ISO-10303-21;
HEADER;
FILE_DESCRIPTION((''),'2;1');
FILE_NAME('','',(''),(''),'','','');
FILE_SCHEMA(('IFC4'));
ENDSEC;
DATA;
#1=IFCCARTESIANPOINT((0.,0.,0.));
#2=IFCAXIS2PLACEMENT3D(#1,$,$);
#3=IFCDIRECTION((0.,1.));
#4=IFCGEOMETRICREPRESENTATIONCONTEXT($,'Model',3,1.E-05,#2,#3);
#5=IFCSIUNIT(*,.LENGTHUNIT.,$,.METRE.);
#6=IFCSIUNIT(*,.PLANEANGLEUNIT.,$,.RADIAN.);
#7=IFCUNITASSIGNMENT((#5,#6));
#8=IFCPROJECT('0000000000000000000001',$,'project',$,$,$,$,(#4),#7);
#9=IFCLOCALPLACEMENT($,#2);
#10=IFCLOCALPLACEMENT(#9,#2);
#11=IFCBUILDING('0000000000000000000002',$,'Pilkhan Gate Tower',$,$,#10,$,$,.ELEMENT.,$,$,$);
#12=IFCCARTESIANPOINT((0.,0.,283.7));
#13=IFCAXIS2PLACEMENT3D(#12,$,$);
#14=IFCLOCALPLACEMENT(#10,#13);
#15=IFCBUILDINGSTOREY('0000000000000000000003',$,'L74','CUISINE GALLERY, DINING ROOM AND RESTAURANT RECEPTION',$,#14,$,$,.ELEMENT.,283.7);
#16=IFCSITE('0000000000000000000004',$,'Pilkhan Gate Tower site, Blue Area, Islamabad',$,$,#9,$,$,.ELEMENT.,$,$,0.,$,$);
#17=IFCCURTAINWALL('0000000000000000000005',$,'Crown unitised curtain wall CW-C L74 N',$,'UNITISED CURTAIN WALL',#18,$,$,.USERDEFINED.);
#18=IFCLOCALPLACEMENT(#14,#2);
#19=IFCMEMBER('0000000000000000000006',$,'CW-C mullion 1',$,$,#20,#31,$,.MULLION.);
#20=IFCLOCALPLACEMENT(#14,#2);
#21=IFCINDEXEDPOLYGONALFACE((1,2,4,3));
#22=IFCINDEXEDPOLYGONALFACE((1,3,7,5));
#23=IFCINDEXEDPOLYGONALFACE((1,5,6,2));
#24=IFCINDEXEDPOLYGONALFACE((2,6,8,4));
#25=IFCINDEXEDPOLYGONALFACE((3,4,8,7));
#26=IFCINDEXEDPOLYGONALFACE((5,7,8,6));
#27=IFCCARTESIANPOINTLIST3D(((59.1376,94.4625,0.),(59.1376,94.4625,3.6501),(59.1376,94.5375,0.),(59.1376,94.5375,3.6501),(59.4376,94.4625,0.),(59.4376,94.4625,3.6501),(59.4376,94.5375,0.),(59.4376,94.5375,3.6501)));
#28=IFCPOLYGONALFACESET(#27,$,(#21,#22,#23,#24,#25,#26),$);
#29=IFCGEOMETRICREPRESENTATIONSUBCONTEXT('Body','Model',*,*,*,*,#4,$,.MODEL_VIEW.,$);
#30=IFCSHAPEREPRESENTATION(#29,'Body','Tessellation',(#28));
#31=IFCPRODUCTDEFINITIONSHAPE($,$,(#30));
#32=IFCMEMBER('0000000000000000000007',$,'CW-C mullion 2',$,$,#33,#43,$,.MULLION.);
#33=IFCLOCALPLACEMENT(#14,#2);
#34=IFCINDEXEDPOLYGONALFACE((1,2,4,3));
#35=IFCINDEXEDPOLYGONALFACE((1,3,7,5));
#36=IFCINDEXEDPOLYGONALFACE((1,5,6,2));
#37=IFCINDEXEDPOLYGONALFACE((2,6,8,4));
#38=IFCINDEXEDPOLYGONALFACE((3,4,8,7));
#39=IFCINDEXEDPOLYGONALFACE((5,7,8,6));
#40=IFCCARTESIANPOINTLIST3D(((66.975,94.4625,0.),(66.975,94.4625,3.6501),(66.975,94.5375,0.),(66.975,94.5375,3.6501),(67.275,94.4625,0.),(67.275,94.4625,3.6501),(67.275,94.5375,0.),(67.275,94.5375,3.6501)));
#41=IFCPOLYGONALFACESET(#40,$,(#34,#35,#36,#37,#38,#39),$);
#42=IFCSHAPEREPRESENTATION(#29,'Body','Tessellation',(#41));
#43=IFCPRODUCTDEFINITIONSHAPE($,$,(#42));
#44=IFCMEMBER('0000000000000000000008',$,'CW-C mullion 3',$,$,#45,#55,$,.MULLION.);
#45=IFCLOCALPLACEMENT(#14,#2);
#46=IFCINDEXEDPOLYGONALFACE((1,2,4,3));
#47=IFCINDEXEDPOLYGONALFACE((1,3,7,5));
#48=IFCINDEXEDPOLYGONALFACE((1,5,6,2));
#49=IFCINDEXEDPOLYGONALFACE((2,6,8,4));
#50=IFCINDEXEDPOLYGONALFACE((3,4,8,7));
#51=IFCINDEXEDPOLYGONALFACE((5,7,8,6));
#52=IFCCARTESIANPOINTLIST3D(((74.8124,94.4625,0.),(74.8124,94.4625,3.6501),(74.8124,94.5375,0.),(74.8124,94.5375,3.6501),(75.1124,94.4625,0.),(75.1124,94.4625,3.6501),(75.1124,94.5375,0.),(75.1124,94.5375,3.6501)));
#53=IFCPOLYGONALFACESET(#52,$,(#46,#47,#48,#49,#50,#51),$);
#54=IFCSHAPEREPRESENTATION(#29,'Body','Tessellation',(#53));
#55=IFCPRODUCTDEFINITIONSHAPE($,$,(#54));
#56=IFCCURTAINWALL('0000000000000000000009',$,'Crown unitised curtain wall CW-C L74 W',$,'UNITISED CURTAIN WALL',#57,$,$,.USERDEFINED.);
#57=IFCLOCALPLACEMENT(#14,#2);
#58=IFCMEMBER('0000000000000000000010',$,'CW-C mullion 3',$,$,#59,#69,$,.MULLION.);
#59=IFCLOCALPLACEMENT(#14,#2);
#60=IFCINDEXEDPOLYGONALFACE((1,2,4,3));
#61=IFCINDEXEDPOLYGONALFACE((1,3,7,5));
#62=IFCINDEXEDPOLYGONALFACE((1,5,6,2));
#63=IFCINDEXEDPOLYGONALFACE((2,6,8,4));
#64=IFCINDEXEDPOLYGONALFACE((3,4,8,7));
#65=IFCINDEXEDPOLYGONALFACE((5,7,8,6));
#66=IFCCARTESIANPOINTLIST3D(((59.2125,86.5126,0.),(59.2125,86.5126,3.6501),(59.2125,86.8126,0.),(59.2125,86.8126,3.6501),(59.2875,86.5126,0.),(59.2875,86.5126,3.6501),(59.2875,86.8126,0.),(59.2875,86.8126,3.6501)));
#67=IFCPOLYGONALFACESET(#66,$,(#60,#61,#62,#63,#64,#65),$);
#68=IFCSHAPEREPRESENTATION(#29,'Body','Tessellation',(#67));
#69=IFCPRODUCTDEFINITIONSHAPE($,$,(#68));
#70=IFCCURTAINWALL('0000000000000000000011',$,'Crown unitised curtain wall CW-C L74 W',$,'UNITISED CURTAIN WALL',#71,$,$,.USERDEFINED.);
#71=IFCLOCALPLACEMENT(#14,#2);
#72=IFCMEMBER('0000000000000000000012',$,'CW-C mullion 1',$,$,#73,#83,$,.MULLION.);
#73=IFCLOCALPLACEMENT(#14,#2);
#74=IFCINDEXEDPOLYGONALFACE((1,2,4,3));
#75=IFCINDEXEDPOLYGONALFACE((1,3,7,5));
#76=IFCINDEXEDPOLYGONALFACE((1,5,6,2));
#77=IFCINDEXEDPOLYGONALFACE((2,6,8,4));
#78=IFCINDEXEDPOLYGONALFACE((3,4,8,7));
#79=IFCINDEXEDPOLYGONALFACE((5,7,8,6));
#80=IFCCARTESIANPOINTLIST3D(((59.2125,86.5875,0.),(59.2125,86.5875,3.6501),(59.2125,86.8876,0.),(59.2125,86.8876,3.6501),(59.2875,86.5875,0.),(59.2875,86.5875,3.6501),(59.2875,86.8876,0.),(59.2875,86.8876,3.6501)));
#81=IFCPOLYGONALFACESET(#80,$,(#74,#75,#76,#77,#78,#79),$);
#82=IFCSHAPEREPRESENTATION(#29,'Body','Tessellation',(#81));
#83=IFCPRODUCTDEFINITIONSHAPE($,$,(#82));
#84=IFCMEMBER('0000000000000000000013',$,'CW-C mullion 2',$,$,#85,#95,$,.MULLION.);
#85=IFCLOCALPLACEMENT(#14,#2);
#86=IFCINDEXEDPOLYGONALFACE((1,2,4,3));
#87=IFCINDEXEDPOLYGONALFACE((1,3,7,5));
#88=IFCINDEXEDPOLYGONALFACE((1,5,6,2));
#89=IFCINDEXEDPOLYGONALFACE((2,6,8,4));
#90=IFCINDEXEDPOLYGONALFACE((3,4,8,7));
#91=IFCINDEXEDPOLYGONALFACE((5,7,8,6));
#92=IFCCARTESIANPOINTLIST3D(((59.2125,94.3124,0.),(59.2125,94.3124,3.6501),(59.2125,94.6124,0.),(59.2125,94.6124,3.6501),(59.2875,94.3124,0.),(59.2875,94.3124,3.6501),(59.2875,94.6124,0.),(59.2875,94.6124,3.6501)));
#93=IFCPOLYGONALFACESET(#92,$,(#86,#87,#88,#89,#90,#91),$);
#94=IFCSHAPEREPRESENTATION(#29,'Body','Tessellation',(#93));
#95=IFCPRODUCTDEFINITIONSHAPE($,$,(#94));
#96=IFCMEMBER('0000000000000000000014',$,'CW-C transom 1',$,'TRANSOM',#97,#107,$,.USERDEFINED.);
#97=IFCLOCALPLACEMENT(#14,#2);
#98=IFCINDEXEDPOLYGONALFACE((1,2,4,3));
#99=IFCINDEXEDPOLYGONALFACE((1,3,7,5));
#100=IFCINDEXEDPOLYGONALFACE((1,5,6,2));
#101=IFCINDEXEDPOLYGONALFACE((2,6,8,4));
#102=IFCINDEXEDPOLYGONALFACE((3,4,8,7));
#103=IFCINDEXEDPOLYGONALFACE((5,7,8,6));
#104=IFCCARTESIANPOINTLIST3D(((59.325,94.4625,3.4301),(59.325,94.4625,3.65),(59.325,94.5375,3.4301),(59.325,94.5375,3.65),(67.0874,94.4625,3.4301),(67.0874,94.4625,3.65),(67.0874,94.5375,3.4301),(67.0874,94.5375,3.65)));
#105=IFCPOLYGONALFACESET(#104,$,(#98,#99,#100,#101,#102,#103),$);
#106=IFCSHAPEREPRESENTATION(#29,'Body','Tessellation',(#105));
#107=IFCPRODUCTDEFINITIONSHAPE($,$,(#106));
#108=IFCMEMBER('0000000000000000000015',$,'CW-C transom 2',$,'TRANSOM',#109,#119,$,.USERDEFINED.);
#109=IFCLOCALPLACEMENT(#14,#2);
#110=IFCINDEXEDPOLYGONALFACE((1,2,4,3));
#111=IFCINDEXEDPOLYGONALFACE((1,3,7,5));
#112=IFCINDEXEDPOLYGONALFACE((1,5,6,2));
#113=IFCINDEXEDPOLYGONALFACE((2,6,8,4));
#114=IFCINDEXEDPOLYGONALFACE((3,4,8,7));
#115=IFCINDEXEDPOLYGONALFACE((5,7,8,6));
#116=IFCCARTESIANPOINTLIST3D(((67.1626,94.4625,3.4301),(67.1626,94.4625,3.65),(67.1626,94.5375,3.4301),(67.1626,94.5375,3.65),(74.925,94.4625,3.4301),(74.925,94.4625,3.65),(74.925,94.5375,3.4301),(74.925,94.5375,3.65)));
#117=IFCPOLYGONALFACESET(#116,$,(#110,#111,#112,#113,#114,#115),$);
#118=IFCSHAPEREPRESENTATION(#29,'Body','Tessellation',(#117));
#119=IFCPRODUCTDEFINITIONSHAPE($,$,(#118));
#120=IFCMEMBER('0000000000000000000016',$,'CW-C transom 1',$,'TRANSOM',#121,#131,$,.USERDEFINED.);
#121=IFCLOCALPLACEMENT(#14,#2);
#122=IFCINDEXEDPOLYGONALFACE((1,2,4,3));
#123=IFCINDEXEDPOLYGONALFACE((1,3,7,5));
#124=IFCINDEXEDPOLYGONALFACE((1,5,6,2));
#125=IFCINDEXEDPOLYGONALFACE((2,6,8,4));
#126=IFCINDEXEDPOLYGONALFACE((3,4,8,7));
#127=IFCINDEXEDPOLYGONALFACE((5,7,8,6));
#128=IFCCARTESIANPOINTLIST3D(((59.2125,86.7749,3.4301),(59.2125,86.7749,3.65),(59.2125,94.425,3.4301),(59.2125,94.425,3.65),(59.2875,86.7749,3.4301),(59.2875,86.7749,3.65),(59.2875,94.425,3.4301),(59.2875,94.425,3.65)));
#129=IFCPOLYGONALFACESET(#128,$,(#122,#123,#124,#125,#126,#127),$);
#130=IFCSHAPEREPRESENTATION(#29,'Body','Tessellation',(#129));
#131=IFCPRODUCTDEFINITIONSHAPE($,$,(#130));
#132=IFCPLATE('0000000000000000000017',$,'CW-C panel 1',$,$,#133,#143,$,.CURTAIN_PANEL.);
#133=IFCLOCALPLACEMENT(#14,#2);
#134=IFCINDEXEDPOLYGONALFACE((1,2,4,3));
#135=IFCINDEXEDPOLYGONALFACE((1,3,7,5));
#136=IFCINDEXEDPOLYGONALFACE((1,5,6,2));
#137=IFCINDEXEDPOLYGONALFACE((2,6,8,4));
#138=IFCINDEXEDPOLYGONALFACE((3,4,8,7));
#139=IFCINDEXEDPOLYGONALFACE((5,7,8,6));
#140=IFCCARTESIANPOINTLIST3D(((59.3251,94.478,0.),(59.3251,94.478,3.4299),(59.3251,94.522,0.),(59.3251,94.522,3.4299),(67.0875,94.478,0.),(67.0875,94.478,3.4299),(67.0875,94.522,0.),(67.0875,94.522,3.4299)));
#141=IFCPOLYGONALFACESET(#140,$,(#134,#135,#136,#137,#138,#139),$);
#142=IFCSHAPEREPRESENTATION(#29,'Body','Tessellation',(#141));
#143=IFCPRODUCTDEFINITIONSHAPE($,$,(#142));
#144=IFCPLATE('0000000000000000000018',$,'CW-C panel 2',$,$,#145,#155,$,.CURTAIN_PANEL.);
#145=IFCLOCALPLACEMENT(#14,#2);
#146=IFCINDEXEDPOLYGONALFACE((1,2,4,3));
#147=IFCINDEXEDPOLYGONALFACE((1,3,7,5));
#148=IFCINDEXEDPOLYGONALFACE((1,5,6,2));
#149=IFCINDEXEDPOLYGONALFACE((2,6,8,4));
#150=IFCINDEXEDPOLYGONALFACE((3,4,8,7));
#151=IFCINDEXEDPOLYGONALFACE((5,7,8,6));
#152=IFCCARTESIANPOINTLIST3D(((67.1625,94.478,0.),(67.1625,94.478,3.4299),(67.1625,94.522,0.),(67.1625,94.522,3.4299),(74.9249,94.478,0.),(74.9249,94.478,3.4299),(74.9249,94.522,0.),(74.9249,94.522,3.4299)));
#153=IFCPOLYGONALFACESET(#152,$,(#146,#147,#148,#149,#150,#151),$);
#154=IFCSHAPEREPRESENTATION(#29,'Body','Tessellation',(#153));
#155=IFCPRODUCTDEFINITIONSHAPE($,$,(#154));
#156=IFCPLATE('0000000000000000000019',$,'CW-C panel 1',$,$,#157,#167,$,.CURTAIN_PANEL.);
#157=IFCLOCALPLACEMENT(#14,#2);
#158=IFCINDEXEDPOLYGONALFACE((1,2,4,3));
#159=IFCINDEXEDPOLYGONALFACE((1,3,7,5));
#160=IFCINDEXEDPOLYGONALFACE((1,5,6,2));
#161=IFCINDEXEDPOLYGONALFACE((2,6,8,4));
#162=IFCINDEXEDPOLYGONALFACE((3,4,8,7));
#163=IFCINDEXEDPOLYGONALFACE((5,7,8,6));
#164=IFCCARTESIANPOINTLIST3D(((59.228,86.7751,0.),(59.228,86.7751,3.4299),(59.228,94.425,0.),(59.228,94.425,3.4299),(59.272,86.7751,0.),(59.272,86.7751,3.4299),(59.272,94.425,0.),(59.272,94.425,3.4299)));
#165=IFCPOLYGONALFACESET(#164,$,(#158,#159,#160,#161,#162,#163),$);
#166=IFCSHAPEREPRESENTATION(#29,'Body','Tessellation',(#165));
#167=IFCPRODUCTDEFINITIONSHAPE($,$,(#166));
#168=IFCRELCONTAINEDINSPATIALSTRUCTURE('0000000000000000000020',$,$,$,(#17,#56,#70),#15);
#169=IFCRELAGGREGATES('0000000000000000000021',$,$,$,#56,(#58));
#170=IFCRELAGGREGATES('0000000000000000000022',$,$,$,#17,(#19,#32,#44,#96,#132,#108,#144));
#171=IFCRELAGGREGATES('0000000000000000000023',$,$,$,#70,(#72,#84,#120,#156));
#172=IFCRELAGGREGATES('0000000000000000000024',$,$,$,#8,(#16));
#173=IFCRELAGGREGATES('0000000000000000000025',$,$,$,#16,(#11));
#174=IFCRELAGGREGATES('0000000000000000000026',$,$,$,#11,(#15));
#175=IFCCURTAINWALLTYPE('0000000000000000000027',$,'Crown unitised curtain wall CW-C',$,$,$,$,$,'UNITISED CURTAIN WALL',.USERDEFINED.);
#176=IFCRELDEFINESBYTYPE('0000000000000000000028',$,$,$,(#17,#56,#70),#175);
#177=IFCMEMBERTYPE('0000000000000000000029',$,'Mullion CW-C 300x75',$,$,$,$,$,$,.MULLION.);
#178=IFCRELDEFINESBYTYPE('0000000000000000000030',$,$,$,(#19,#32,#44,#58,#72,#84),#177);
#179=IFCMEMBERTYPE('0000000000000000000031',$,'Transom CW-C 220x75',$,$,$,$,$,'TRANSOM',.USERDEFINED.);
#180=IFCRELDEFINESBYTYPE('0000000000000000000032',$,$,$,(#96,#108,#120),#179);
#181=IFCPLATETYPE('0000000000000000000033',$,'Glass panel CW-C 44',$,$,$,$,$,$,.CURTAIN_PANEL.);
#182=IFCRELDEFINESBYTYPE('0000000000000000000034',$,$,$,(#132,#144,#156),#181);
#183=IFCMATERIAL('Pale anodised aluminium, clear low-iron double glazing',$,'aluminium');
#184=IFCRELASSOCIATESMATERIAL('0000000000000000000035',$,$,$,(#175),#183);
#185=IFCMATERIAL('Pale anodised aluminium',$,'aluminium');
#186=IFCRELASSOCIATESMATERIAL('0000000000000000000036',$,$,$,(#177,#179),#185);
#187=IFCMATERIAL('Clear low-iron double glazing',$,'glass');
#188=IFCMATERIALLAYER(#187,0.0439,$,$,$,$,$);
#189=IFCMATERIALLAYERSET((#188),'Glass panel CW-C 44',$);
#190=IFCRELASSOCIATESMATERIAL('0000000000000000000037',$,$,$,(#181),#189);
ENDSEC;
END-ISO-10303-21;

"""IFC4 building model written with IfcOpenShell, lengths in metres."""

from ifc_helpers import new_model, si_unit, direction, frame, origin, origin_2d, place, context, subcontext, project, spatial, rectangle, extrude, material, layer, layer_set, material_profile, profile_set, type_object, element, aggregate, save


model = new_model("IFC4")

# Units and contexts
model_context = context("Model", 3, precision=1e-05, world=origin(), true_north=direction((0.0, 1.0)))
body_context = subcontext(model_context, "Body", "Model", "MODEL_VIEW")
ifc_project = project(units=[si_unit("LENGTHUNIT", "METRE"), si_unit("PLANEANGLEUNIT", "RADIAN")], contexts=[model_context])

# Site, building, storey
site_placement = place(None, origin())
site = spatial("IfcSite", under=ifc_project, at=site_placement, Name="Pilkhan Gate Tower site, Blue Area, Islamabad", CompositionType="ELEMENT", RefElevation=0.0)
building_placement = place(site_placement, origin())
building = spatial("IfcBuilding", under=site, at=building_placement, Name="Pilkhan Gate Tower", CompositionType="ELEMENT")
storey_placement = place(building_placement, frame((0.0, 0.0, 283.7)))
storey = spatial("IfcBuildingStorey", under=building, at=storey_placement, Name="L74", Description="CUISINE GALLERY, DINING ROOM AND RESTAURANT RECEPTION", CompositionType="ELEMENT", Elevation=283.7)

# Curtain wall, members
ifc_material_1 = material(Name="Pale anodised aluminium, clear low-iron double glazing", Category="aluminium")
curtain_wall_type = type_object("IfcCurtainWallType", Name="Crown unitised curtain wall CW-C", ElementType="UNITISED CURTAIN WALL", PredefinedType="USERDEFINED", material=ifc_material_1)
curtain_wall_1_placement = place(storey_placement, origin())
curtain_wall_1 = element("IfcCurtainWall", 1, at=curtain_wall_1_placement, inside=storey, type_object=curtain_wall_type, Name="Crown unitised curtain wall CW-C L74 N", ObjectType="UNITISED CURTAIN WALL", PredefinedType="USERDEFINED")
ifc_material_2 = material(Name="Pale anodised aluminium", Category="aluminium")
ifc_material_profile_1 = material_profile(ifc_material_2, rectangle(XDim=0.075, YDim=0.3, at=origin_2d()), Name="Mullion 300x75")
ifc_profile_set_1 = profile_set([ifc_material_profile_1], Name="Pale anodised aluminium")
member_type_1 = type_object("IfcMemberType", Name="Mullion CW-C 300x75", PredefinedType="MULLION", material=ifc_profile_set_1)
member_1_placement = place(storey_placement, frame((59.2876, 94.5, 0.0), z_axis=(0.0, 0.0, 1.0), x_axis=(0.0, 1.0, 0.0)))
member_1 = element("IfcMember", 2, at=member_1_placement, type_object=member_type_1, Name="CW-C mullion 1", PredefinedType="MULLION", context=body_context, shape_type="SweptSolid", body=[
    extrude(rectangle(XDim=0.075, YDim=0.3, at=origin_2d()), origin(), (0.0, 0.0, 1.0), 3.6501),
])
member_2_placement = place(storey_placement, frame((67.125, 94.5, 0.0), z_axis=(0.0, 0.0, 1.0), x_axis=(0.0, 1.0, 0.0)))
member_2 = element("IfcMember", 3, at=member_2_placement, type_object=member_type_1, Name="CW-C mullion 2", PredefinedType="MULLION", context=body_context, shape_type="SweptSolid", body=[
    extrude(rectangle(XDim=0.075, YDim=0.3, at=origin_2d()), origin(), (0.0, 0.0, 1.0), 3.6501),
])
member_3_placement = place(storey_placement, frame((74.9624, 94.5, 0.0), z_axis=(0.0, 0.0, 1.0), x_axis=(0.0, 1.0, 0.0)))
member_3 = element("IfcMember", 4, at=member_3_placement, type_object=member_type_1, Name="CW-C mullion 3", PredefinedType="MULLION", context=body_context, shape_type="SweptSolid", body=[
    extrude(rectangle(XDim=0.075, YDim=0.3, at=origin_2d()), origin(), (0.0, 0.0, 1.0), 3.6501),
])

# Curtain wall, member
curtain_wall_2_placement = place(storey_placement, origin())
curtain_wall_2 = element("IfcCurtainWall", 5, at=curtain_wall_2_placement, inside=storey, type_object=curtain_wall_type, Name="Crown unitised curtain wall CW-C L74 W", ObjectType="UNITISED CURTAIN WALL", PredefinedType="USERDEFINED")
member_4_placement = place(storey_placement, frame((59.25, 86.6626, 0.0), z_axis=(0.0, 0.0, 1.0), x_axis=(-1.0, 0.0, 0.0)))
member_4 = element("IfcMember", 6, at=member_4_placement, type_object=member_type_1, Name="CW-C mullion 3", PredefinedType="MULLION", context=body_context, shape_type="SweptSolid", body=[
    extrude(rectangle(XDim=0.075, YDim=0.3, at=origin_2d()), origin(), (0.0, 0.0, 1.0), 3.6501),
])
aggregate(curtain_wall_2, [member_4])

# Curtain wall, members
curtain_wall_3_placement = place(storey_placement, origin())
curtain_wall_3 = element("IfcCurtainWall", 7, at=curtain_wall_3_placement, inside=storey, type_object=curtain_wall_type, Name="Crown unitised curtain wall CW-C L74 W", ObjectType="UNITISED CURTAIN WALL", PredefinedType="USERDEFINED")
member_5_placement = place(storey_placement, frame((59.25, 86.7375, 0.0), z_axis=(0.0, 0.0, 1.0), x_axis=(-1.0, 0.0, 0.0)))
member_5 = element("IfcMember", 8, at=member_5_placement, type_object=member_type_1, Name="CW-C mullion 1", PredefinedType="MULLION", context=body_context, shape_type="SweptSolid", body=[
    extrude(rectangle(XDim=0.075, YDim=0.3, at=origin_2d()), origin(), (0.0, 0.0, 1.0), 3.6501),
])
member_6_placement = place(storey_placement, frame((59.25, 94.4624, 0.0), z_axis=(0.0, 0.0, 1.0), x_axis=(-1.0, 0.0, 0.0)))
member_6 = element("IfcMember", 9, at=member_6_placement, type_object=member_type_1, Name="CW-C mullion 2", PredefinedType="MULLION", context=body_context, shape_type="SweptSolid", body=[
    extrude(rectangle(XDim=0.075, YDim=0.3, at=origin_2d()), origin(), (0.0, 0.0, 1.0), 3.6501),
])

# Members
ifc_material_profile_2 = material_profile(ifc_material_2, rectangle(XDim=0.075, YDim=0.22, at=origin_2d()), Name="Transom 220x75")
ifc_profile_set_2 = profile_set([ifc_material_profile_2], Name="Pale anodised aluminium")
member_type_2 = type_object("IfcMemberType", Name="Transom CW-C 220x75", ElementType="TRANSOM", PredefinedType="USERDEFINED", material=ifc_profile_set_2)
member_7_placement = place(storey_placement, frame((59.325, 94.5, 3.54), z_axis=(1.0, 0.0, 0.0), x_axis=(0.0, 1.0, 0.0)))
member_7 = element("IfcMember", 10, at=member_7_placement, type_object=member_type_2, Name="CW-C transom 1", ObjectType="TRANSOM", PredefinedType="USERDEFINED", context=body_context, shape_type="SweptSolid", body=[
    extrude(rectangle(XDim=0.075, YDim=0.22, at=origin_2d()), origin(), (0.0, 0.0, 1.0), 7.7625),
])
member_8_placement = place(storey_placement, frame((67.1626, 94.5, 3.54), z_axis=(1.0, 0.0, 0.0), x_axis=(0.0, 1.0, 0.0)))
member_8 = element("IfcMember", 11, at=member_8_placement, type_object=member_type_2, Name="CW-C transom 2", ObjectType="TRANSOM", PredefinedType="USERDEFINED", context=body_context, shape_type="SweptSolid", body=[
    extrude(rectangle(XDim=0.075, YDim=0.22, at=origin_2d()), origin(), (0.0, 0.0, 1.0), 7.7625),
])
member_9_placement = place(storey_placement, frame((59.25, 86.7749, 3.54), z_axis=(0.0, 1.0, 0.0), x_axis=(-1.0, 0.0, 0.0)))
member_9 = element("IfcMember", 12, at=member_9_placement, type_object=member_type_2, Name="CW-C transom 1", ObjectType="TRANSOM", PredefinedType="USERDEFINED", context=body_context, shape_type="SweptSolid", body=[
    extrude(rectangle(XDim=0.075, YDim=0.22, at=origin_2d()), origin(), (0.0, 0.0, 1.0), 7.6501),
])

# Plates
ifc_material_3 = material(Name="Clear low-iron double glazing", Category="glass")
ifc_layer_1 = layer(ifc_material_3, 0.0439)
ifc_layer_set_1 = layer_set([ifc_layer_1], Name="Glass panel CW-C 44")
plate_type = type_object("IfcPlateType", Name="Glass panel CW-C 44", PredefinedType="CURTAIN_PANEL", material=ifc_layer_set_1)
plate_1_placement = place(storey_placement, frame((63.2063, 94.5, 0.0), z_axis=(0.0, 0.0, 1.0), x_axis=(1.0, 0.0, 0.0)))
plate_1 = element("IfcPlate", 13, at=plate_1_placement, type_object=plate_type, Name="CW-C panel 1", PredefinedType="CURTAIN_PANEL", context=body_context, shape_type="SweptSolid", body=[
    extrude(rectangle(XDim=7.7625, YDim=0.0439, at=origin_2d()), origin(), (0.0, 0.0, 1.0), 3.4299),
])
plate_2_placement = place(storey_placement, frame((71.0437, 94.5, 0.0), z_axis=(0.0, 0.0, 1.0), x_axis=(1.0, 0.0, 0.0)))
plate_2 = element("IfcPlate", 14, at=plate_2_placement, type_object=plate_type, Name="CW-C panel 2", PredefinedType="CURTAIN_PANEL", context=body_context, shape_type="SweptSolid", body=[
    extrude(rectangle(XDim=7.7625, YDim=0.0439, at=origin_2d()), origin(), (0.0, 0.0, 1.0), 3.4299),
])
aggregate(curtain_wall_1, [member_1, member_2, member_3, member_7, plate_1, member_8, plate_2])
plate_3_placement = place(storey_placement, frame((59.25, 90.6001, 0.0), z_axis=(0.0, 0.0, 1.0), x_axis=(0.0, 1.0, 0.0)))
plate_3 = element("IfcPlate", 15, at=plate_3_placement, type_object=plate_type, Name="CW-C panel 1", PredefinedType="CURTAIN_PANEL", context=body_context, shape_type="SweptSolid", body=[
    extrude(rectangle(XDim=7.6499, YDim=0.0439, at=origin_2d()), origin(), (0.0, 0.0, 1.0), 3.4299),
])
aggregate(curtain_wall_3, [member_5, member_6, member_9, plate_3])

save(model, "model.ifc")
